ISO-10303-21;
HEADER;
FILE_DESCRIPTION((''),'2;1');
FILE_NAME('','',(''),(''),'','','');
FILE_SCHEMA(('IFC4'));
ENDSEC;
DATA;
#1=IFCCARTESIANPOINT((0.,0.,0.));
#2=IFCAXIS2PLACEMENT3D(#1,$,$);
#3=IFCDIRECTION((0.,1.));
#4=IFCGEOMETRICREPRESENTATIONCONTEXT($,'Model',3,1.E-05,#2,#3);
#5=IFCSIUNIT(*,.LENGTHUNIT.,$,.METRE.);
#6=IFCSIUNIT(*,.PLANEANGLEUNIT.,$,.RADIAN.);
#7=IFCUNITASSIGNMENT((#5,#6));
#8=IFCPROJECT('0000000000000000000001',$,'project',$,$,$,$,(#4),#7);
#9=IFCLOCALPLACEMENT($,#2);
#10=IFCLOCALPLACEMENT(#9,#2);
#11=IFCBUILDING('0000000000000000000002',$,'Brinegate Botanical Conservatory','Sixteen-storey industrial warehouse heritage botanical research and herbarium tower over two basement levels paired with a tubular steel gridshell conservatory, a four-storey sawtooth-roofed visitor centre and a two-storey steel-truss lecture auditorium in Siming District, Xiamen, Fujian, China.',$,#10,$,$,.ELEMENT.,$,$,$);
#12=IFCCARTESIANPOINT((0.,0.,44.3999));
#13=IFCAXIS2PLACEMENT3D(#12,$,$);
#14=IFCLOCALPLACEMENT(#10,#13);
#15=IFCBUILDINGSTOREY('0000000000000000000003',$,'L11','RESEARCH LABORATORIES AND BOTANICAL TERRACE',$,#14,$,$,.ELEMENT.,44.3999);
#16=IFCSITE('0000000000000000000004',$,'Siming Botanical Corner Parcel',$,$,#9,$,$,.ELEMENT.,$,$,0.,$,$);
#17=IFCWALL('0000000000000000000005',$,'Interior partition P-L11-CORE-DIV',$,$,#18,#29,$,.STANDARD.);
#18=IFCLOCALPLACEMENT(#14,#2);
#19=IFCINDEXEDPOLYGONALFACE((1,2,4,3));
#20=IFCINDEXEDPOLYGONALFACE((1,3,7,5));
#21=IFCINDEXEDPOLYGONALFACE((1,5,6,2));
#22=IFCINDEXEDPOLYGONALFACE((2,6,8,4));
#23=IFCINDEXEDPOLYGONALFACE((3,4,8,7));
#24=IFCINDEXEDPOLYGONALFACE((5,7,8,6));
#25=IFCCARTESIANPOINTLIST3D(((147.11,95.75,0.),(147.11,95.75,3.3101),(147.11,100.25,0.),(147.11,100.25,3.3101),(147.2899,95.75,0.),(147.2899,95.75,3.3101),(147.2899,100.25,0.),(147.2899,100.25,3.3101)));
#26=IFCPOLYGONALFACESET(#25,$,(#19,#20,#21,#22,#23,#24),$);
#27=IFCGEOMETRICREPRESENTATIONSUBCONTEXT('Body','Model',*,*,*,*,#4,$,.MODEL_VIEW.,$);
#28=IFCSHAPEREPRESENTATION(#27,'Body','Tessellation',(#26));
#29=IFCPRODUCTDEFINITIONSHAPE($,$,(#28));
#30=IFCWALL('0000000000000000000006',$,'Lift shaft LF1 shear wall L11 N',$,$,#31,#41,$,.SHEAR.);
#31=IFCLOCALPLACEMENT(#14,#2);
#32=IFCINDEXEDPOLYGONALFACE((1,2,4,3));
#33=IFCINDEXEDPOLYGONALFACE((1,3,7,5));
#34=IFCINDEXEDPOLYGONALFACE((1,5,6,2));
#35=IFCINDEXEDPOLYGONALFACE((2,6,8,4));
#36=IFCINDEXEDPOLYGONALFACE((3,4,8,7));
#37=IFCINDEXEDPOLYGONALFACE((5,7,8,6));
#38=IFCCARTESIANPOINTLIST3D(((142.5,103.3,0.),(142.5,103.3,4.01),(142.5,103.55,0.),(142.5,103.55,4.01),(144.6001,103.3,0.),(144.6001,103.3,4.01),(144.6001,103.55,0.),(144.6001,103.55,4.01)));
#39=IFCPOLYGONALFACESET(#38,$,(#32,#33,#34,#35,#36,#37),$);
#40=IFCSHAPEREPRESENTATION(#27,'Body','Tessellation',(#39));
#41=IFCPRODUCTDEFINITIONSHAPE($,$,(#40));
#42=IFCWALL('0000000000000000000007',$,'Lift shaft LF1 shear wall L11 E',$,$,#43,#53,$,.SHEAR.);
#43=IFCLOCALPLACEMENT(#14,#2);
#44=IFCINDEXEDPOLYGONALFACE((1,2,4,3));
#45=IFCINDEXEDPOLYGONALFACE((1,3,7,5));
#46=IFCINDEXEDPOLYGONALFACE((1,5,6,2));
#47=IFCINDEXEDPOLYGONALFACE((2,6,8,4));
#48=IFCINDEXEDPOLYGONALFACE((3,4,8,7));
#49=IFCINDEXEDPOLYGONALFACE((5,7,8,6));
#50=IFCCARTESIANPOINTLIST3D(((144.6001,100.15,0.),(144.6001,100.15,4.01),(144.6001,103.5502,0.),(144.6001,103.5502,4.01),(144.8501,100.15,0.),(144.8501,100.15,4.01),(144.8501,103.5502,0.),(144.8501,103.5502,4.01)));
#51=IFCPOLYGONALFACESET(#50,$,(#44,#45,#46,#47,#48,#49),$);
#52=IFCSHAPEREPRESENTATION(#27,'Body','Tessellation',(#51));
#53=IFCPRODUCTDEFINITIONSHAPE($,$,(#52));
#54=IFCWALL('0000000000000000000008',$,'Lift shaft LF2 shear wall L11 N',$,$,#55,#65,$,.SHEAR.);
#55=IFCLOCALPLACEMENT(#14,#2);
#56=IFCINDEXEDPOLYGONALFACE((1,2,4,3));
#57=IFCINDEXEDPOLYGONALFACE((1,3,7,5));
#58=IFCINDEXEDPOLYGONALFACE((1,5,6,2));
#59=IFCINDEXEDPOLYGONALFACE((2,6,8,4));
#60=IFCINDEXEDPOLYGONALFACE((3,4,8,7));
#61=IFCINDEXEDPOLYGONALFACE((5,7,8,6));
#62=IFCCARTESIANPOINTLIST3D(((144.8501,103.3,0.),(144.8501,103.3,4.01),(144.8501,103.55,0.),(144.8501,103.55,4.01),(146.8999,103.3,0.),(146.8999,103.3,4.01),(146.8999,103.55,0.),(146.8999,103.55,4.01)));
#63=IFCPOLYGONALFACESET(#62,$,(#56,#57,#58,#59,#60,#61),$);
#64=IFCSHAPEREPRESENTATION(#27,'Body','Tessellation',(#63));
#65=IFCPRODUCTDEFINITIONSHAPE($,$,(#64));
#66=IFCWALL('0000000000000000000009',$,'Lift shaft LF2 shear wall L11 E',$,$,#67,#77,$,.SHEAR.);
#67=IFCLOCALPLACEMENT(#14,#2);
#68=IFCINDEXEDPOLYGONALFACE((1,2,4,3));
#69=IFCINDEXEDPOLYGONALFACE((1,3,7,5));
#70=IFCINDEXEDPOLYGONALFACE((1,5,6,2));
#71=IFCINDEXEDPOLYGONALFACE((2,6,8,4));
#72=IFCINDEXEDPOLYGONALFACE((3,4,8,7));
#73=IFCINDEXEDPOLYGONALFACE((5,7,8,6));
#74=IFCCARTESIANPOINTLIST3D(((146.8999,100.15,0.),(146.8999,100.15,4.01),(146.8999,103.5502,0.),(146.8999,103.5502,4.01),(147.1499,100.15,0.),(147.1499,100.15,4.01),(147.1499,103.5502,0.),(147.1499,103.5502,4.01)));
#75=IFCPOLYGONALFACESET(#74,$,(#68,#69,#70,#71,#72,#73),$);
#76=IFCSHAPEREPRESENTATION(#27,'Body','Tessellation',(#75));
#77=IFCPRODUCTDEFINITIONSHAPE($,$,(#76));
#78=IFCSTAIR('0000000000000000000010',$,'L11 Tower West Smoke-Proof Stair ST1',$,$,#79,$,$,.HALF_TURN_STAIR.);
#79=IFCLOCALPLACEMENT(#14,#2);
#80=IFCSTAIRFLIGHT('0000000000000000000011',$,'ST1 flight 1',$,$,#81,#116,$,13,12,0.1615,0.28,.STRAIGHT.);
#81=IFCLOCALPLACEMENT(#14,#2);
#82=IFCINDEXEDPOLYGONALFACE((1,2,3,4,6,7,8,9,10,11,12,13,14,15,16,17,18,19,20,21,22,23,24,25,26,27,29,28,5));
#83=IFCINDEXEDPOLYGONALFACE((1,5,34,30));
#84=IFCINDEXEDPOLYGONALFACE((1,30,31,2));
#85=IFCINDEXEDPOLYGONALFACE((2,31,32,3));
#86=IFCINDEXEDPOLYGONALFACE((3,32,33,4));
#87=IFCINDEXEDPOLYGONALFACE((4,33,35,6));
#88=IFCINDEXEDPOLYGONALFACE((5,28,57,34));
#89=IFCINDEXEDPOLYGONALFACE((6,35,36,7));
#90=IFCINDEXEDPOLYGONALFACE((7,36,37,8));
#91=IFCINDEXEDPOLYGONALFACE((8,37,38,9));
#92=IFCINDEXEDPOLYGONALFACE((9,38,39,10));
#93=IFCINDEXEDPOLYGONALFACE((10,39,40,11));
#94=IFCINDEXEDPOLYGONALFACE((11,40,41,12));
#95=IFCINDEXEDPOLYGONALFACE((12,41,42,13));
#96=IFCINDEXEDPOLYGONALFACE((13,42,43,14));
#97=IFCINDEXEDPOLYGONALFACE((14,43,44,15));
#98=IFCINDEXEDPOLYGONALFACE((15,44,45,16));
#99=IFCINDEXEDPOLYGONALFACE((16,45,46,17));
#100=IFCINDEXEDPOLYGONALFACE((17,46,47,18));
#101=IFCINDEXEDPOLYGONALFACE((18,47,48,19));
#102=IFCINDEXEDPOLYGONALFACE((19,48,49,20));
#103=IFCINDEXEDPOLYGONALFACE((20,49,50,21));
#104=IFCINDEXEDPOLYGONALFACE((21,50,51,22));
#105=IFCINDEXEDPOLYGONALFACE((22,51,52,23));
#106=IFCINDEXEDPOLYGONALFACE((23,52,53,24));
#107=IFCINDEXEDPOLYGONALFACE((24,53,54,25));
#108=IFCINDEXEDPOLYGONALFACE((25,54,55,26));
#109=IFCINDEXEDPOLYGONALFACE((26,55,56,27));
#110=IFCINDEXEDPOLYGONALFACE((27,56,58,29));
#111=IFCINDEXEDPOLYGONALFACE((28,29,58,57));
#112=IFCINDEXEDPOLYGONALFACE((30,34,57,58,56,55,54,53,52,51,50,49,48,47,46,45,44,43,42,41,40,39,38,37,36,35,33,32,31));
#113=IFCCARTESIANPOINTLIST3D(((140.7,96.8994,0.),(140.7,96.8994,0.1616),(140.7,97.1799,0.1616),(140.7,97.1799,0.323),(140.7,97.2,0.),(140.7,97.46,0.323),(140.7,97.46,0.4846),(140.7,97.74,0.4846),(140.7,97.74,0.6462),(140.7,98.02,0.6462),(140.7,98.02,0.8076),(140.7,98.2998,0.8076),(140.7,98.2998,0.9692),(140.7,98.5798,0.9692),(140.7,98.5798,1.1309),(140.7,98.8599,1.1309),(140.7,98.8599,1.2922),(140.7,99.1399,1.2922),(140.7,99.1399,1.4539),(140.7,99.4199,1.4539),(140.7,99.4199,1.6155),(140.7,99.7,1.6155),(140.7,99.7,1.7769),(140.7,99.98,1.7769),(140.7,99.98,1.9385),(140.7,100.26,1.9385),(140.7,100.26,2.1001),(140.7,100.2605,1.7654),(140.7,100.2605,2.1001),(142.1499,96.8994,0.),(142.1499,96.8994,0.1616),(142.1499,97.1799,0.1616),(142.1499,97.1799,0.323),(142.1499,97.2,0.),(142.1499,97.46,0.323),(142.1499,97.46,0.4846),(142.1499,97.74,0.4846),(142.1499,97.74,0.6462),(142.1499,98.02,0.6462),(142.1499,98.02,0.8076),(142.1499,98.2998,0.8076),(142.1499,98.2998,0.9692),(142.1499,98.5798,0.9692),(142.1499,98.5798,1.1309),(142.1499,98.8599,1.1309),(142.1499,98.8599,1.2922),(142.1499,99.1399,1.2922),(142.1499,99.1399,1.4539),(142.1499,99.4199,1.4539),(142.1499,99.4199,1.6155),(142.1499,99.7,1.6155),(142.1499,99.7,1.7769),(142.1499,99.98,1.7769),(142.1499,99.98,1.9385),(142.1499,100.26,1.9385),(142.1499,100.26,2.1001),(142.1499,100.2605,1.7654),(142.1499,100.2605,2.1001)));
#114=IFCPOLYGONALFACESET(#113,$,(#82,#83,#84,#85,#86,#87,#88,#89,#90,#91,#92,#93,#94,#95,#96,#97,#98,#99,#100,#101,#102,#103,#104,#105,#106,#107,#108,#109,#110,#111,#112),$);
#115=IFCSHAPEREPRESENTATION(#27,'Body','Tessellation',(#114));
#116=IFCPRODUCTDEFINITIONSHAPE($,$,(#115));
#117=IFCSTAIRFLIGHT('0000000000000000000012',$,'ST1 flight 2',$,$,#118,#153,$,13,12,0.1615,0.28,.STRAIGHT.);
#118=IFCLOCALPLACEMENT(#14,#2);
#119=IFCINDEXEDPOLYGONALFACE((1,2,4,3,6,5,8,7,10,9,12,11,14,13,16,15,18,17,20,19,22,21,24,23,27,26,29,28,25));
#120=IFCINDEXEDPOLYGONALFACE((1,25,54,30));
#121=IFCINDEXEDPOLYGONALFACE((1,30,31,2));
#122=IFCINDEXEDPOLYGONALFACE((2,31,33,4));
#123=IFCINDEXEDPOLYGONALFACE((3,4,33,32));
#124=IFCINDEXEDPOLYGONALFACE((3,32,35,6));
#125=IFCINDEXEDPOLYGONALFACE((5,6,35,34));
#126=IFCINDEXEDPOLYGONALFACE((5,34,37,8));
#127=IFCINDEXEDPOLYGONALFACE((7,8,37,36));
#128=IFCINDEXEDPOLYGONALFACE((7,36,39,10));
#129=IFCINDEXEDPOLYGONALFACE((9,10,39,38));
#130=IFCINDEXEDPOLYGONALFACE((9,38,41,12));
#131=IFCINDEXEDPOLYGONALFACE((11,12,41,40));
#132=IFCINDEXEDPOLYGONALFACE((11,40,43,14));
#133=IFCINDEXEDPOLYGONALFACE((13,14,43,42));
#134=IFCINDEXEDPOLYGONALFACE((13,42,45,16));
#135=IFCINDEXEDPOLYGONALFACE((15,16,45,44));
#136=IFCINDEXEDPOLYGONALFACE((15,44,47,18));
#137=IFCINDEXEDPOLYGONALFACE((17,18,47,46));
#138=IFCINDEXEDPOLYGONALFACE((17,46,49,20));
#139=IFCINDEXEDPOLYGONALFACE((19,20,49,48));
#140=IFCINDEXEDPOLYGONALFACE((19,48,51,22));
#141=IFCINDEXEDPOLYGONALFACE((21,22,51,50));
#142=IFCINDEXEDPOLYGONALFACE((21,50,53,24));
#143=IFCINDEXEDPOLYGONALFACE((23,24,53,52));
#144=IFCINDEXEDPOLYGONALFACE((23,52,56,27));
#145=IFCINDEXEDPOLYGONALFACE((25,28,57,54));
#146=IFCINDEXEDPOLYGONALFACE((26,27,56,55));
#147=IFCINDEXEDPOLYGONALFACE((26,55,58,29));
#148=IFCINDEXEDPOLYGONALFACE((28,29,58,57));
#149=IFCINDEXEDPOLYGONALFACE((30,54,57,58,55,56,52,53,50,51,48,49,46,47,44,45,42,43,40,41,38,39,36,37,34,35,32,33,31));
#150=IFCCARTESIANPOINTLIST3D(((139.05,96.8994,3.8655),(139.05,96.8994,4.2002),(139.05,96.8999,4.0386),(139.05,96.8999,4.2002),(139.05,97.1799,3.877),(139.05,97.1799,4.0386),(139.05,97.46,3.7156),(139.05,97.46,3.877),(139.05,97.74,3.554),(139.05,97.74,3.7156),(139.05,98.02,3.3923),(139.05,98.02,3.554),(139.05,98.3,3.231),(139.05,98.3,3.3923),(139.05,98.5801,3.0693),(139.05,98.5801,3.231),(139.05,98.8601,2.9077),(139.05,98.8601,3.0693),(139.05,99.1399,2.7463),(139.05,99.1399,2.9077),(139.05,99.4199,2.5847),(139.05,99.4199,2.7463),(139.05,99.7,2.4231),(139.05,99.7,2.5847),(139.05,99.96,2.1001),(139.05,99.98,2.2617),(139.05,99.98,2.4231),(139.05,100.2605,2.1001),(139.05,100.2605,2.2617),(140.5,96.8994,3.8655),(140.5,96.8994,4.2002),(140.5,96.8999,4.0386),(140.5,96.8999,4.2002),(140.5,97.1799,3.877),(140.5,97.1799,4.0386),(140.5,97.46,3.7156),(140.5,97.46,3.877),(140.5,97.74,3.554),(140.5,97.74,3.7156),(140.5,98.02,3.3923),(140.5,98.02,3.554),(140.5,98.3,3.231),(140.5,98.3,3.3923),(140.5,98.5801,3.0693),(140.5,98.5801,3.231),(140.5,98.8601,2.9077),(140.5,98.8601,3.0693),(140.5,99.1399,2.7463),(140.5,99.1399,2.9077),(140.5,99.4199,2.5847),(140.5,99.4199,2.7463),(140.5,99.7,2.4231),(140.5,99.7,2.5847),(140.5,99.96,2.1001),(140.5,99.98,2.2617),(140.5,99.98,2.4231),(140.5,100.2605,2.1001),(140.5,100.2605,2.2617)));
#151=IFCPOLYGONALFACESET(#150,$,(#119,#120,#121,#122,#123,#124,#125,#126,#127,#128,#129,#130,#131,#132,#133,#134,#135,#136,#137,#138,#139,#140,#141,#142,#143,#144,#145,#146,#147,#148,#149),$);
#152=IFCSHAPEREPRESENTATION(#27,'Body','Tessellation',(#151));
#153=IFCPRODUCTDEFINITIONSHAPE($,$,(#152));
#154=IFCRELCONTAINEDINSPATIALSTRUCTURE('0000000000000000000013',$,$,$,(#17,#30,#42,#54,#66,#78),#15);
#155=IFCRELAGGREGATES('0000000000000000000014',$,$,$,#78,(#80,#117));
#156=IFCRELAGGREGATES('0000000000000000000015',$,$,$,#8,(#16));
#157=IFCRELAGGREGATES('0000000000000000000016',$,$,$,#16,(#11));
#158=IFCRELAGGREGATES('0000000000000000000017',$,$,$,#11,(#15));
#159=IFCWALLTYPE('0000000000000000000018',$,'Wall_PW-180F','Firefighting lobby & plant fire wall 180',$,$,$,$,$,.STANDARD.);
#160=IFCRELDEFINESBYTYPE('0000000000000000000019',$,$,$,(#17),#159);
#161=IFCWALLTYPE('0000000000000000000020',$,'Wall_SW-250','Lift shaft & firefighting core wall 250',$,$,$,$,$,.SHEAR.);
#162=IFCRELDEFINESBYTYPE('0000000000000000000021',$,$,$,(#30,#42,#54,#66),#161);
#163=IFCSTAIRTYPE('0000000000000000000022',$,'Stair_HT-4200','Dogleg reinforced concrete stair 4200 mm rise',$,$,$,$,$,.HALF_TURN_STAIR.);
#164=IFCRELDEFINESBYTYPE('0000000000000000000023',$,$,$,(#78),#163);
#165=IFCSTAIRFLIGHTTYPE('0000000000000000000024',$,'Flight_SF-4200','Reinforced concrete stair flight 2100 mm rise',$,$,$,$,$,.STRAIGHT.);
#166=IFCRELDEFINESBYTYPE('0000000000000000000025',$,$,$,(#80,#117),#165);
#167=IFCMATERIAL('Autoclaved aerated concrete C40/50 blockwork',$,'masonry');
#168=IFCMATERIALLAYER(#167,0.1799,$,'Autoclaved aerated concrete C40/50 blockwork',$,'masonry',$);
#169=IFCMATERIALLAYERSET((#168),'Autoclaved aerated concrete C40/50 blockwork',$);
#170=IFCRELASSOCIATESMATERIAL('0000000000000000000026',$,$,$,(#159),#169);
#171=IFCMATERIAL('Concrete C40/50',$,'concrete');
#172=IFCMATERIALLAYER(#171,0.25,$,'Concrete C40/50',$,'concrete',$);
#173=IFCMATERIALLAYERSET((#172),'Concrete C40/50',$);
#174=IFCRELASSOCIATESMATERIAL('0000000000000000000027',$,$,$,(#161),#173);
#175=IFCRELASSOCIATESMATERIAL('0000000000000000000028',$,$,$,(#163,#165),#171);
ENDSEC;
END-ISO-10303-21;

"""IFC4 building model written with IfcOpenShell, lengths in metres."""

from ifc_helpers import new_model, si_unit, direction, frame, frame_2d, origin, place, context, subcontext, project, spatial, polyline, rectangle, outline, extrude, material, layer, layer_set, type_object, element, aggregate, save


model = new_model("IFC4")

# Units and contexts
model_context = context("Model", 3, precision=1e-05, world=origin(), true_north=direction((0.0, 1.0)))
body_context = subcontext(model_context, "Body", "Model", "MODEL_VIEW")
ifc_project = project(units=[si_unit("LENGTHUNIT", "METRE"), si_unit("PLANEANGLEUNIT", "RADIAN")], contexts=[model_context])

# Site, building, storey
site_placement = place(None, origin())
site = spatial("IfcSite", under=ifc_project, at=site_placement, Name="Siming Botanical Corner Parcel", CompositionType="ELEMENT", RefElevation=0.0)
building_placement = place(site_placement, origin())
building = spatial("IfcBuilding", under=site, at=building_placement, Name="Brinegate Botanical Conservatory", Description="Sixteen-storey industrial warehouse heritage botanical research and herbarium tower over two basement levels paired with a tubular steel gridshell conservatory, a four-storey sawtooth-roofed visitor centre and a two-storey steel-truss lecture auditorium in Siming District, Xiamen, Fujian, China.", CompositionType="ELEMENT")
storey_placement = place(building_placement, frame((0.0, 0.0, 44.3999)))
storey = spatial("IfcBuildingStorey", under=building, at=storey_placement, Name="L11", Description="RESEARCH LABORATORIES AND BOTANICAL TERRACE", CompositionType="ELEMENT", Elevation=44.3999)

# Wall
ifc_material_1 = material(Name="Autoclaved aerated concrete C40/50 blockwork", Category="masonry")
ifc_layer_1 = layer(ifc_material_1, 0.1799, Name="Autoclaved aerated concrete C40/50 blockwork", Category="masonry")
ifc_layer_set_1 = layer_set([ifc_layer_1], Name="Autoclaved aerated concrete C40/50 blockwork")
wall_type_1 = type_object("IfcWallType", Name="Wall_PW-180F", Description="Firefighting lobby & plant fire wall 180", PredefinedType="STANDARD", material=ifc_layer_set_1)
wall_1_placement = place(storey_placement, frame((147.2, 95.75, 0.0), z_axis=(0.0, 0.0, 1.0), x_axis=(0.0, 1.0, 0.0)))
element("IfcWall", 1, at=wall_1_placement, inside=storey, type_object=wall_type_1, Name="Interior partition P-L11-CORE-DIV", PredefinedType="STANDARD", context=body_context, shape_type="SweptSolid", body=[
    extrude(rectangle(XDim=4.5, YDim=0.1799, at=frame_2d((2.25, 0.0))), origin(), (0.0, 0.0, 1.0), 3.3101),
])

# Shared definitions
ifc_material_2 = material(Name="Concrete C40/50", Category="concrete")
ifc_layer_2 = layer(ifc_material_2, 0.25, Name="Concrete C40/50", Category="concrete")
ifc_layer_set_2 = layer_set([ifc_layer_2], Name="Concrete C40/50")
wall_type_2 = type_object("IfcWallType", Name="Wall_SW-250", Description="Lift shaft & firefighting core wall 250", PredefinedType="SHEAR", material=ifc_layer_set_2)

# Walls
wall_2_placement = place(storey_placement, frame((142.5, 103.425, 0.0), z_axis=(0.0, 0.0, 1.0), x_axis=(1.0, 0.0, 0.0)))
element("IfcWall", 2, at=wall_2_placement, inside=storey, type_object=wall_type_2, Name="Lift shaft LF1 shear wall L11 N", PredefinedType="SHEAR", context=body_context, shape_type="SweptSolid", body=[
    extrude(rectangle(XDim=2.1001, YDim=0.25, at=frame_2d((1.05, 0.0))), origin(), (0.0, 0.0, 1.0), 4.01),
])
wall_3_placement = place(storey_placement, frame((144.7251, 100.1499, 0.0), z_axis=(0.0, 0.0, 1.0), x_axis=(0.0, 1.0, 0.0)))
element("IfcWall", 3, at=wall_3_placement, inside=storey, type_object=wall_type_2, Name="Lift shaft LF1 shear wall L11 E", PredefinedType="SHEAR", context=body_context, shape_type="SweptSolid", body=[
    extrude(rectangle(XDim=3.4001, YDim=0.25, at=frame_2d((1.7002, 0.0))), origin(), (0.0, 0.0, 1.0), 4.01),
])

# Walls
wall_4_placement = place(storey_placement, frame((144.8501, 103.425, 0.0), z_axis=(0.0, 0.0, 1.0), x_axis=(1.0, 0.0, 0.0)))
element("IfcWall", 4, at=wall_4_placement, inside=storey, type_object=wall_type_2, Name="Lift shaft LF2 shear wall L11 N", PredefinedType="SHEAR", context=body_context, shape_type="SweptSolid", body=[
    extrude(rectangle(XDim=2.0498, YDim=0.25, at=frame_2d((1.0249, 0.0))), origin(), (0.0, 0.0, 1.0), 4.01),
])
wall_5_placement = place(storey_placement, frame((147.0249, 100.1499, 0.0), z_axis=(0.0, 0.0, 1.0), x_axis=(0.0, 1.0, 0.0)))
element("IfcWall", 5, at=wall_5_placement, inside=storey, type_object=wall_type_2, Name="Lift shaft LF2 shear wall L11 E", PredefinedType="SHEAR", context=body_context, shape_type="SweptSolid", body=[
    extrude(rectangle(XDim=3.4001, YDim=0.25, at=frame_2d((1.7002, 0.0))), origin(), (0.0, 0.0, 1.0), 4.01),
])

# Stair, stair flights
stair_type = type_object("IfcStairType", Name="Stair_HT-4200", Description="Dogleg reinforced concrete stair 4200 mm rise", PredefinedType="HALF_TURN_STAIR", material=ifc_material_2)
stair_placement = place(storey_placement, origin())
stair = element("IfcStair", 6, at=stair_placement, inside=storey, type_object=stair_type, Name="L11 Tower West Smoke-Proof Stair ST1", PredefinedType="HALF_TURN_STAIR")
stair_flight_type = type_object("IfcStairFlightType", Name="Flight_SF-4200", Description="Reinforced concrete stair flight 2100 mm rise", PredefinedType="STRAIGHT", material=ifc_material_2)
stair_flight_1_placement = place(storey_placement, frame((141.425, 96.8999, 0.0), z_axis=(0.0, 0.0, 1.0), x_axis=(0.0, 1.0, 0.0)))
stair_flight_1 = element("IfcStairFlight", 7, at=stair_flight_1_placement, type_object=stair_flight_type, Name="ST1 flight 1", NumberOfRisers=13, NumberOfTreads=12, PredefinedType="STRAIGHT", RiserHeight=0.1615, TreadLength=0.28, context=body_context, shape_type="SweptSolid", body=[
    extrude(outline(polyline([(-0.0005, 0.0), (-0.0005, 0.1616), (0.28, 0.1616), (0.28, 0.323), (0.5601, 0.323), (0.5601, 0.4846), (0.8401, 0.4846), (0.8401, 0.6462), (1.1201, 0.6462), (1.1201, 0.8076), (1.3999, 0.8076), (1.3999, 0.9692), (1.6799, 0.9692), (1.6799, 1.1309), (1.96, 1.1309), (1.96, 1.2922), (2.24, 1.2922), (2.24, 1.4539), (2.52, 1.4539), (2.52, 1.6155), (2.8, 1.6155), (2.8, 1.7769), (3.0801, 1.7769), (3.0801, 1.9385), (3.3601, 1.9385), (3.3601, 2.1001), (3.3606, 2.1001), (3.3606, 1.7654), (0.3, 0.0), (-0.0005, 0.0)])), frame((0.0, 0.7251, 0.0), z_axis=(0.0, -1.0, 0.0), x_axis=(1.0, 0.0, 0.0)), (0.0, 0.0, 1.0), 1.45),
])
stair_flight_2_placement = place(storey_placement, frame((139.7749, 100.26, 2.1001), z_axis=(0.0, 0.0, 1.0), x_axis=(0.0, -1.0, 0.0)))
stair_flight_2 = element("IfcStairFlight", 8, at=stair_flight_2_placement, type_object=stair_flight_type, Name="ST1 flight 2", NumberOfRisers=13, NumberOfTreads=12, PredefinedType="STRAIGHT", RiserHeight=0.1615, TreadLength=0.28, context=body_context, shape_type="SweptSolid", body=[
    extrude(outline(polyline([(-0.0005, 0.0), (-0.0005, 0.1616), (0.28, 0.1616), (0.28, 0.323), (0.5601, 0.323), (0.5601, 0.4846), (0.8401, 0.4846), (0.8401, 0.6462), (1.1201, 0.6462), (1.1201, 0.8076), (1.3999, 0.8076), (1.3999, 0.9692), (1.6799, 0.9692), (1.6799, 1.1309), (1.96, 1.1309), (1.96, 1.2922), (2.24, 1.2922), (2.24, 1.4539), (2.52, 1.4539), (2.52, 1.6155), (2.8, 1.6155), (2.8, 1.7769), (3.0801, 1.7769), (3.0801, 1.9385), (3.3601, 1.9385), (3.3601, 2.1001), (3.3606, 2.1001), (3.3606, 1.7654), (0.3, 0.0), (-0.0005, 0.0)])), frame((0.0, 0.7251, 0.0), z_axis=(0.0, -1.0, 0.0), x_axis=(1.0, 0.0, 0.0)), (0.0, 0.0, 1.0), 1.45),
])
aggregate(stair, [stair_flight_1, stair_flight_2])

save(model, "model.ifc")
